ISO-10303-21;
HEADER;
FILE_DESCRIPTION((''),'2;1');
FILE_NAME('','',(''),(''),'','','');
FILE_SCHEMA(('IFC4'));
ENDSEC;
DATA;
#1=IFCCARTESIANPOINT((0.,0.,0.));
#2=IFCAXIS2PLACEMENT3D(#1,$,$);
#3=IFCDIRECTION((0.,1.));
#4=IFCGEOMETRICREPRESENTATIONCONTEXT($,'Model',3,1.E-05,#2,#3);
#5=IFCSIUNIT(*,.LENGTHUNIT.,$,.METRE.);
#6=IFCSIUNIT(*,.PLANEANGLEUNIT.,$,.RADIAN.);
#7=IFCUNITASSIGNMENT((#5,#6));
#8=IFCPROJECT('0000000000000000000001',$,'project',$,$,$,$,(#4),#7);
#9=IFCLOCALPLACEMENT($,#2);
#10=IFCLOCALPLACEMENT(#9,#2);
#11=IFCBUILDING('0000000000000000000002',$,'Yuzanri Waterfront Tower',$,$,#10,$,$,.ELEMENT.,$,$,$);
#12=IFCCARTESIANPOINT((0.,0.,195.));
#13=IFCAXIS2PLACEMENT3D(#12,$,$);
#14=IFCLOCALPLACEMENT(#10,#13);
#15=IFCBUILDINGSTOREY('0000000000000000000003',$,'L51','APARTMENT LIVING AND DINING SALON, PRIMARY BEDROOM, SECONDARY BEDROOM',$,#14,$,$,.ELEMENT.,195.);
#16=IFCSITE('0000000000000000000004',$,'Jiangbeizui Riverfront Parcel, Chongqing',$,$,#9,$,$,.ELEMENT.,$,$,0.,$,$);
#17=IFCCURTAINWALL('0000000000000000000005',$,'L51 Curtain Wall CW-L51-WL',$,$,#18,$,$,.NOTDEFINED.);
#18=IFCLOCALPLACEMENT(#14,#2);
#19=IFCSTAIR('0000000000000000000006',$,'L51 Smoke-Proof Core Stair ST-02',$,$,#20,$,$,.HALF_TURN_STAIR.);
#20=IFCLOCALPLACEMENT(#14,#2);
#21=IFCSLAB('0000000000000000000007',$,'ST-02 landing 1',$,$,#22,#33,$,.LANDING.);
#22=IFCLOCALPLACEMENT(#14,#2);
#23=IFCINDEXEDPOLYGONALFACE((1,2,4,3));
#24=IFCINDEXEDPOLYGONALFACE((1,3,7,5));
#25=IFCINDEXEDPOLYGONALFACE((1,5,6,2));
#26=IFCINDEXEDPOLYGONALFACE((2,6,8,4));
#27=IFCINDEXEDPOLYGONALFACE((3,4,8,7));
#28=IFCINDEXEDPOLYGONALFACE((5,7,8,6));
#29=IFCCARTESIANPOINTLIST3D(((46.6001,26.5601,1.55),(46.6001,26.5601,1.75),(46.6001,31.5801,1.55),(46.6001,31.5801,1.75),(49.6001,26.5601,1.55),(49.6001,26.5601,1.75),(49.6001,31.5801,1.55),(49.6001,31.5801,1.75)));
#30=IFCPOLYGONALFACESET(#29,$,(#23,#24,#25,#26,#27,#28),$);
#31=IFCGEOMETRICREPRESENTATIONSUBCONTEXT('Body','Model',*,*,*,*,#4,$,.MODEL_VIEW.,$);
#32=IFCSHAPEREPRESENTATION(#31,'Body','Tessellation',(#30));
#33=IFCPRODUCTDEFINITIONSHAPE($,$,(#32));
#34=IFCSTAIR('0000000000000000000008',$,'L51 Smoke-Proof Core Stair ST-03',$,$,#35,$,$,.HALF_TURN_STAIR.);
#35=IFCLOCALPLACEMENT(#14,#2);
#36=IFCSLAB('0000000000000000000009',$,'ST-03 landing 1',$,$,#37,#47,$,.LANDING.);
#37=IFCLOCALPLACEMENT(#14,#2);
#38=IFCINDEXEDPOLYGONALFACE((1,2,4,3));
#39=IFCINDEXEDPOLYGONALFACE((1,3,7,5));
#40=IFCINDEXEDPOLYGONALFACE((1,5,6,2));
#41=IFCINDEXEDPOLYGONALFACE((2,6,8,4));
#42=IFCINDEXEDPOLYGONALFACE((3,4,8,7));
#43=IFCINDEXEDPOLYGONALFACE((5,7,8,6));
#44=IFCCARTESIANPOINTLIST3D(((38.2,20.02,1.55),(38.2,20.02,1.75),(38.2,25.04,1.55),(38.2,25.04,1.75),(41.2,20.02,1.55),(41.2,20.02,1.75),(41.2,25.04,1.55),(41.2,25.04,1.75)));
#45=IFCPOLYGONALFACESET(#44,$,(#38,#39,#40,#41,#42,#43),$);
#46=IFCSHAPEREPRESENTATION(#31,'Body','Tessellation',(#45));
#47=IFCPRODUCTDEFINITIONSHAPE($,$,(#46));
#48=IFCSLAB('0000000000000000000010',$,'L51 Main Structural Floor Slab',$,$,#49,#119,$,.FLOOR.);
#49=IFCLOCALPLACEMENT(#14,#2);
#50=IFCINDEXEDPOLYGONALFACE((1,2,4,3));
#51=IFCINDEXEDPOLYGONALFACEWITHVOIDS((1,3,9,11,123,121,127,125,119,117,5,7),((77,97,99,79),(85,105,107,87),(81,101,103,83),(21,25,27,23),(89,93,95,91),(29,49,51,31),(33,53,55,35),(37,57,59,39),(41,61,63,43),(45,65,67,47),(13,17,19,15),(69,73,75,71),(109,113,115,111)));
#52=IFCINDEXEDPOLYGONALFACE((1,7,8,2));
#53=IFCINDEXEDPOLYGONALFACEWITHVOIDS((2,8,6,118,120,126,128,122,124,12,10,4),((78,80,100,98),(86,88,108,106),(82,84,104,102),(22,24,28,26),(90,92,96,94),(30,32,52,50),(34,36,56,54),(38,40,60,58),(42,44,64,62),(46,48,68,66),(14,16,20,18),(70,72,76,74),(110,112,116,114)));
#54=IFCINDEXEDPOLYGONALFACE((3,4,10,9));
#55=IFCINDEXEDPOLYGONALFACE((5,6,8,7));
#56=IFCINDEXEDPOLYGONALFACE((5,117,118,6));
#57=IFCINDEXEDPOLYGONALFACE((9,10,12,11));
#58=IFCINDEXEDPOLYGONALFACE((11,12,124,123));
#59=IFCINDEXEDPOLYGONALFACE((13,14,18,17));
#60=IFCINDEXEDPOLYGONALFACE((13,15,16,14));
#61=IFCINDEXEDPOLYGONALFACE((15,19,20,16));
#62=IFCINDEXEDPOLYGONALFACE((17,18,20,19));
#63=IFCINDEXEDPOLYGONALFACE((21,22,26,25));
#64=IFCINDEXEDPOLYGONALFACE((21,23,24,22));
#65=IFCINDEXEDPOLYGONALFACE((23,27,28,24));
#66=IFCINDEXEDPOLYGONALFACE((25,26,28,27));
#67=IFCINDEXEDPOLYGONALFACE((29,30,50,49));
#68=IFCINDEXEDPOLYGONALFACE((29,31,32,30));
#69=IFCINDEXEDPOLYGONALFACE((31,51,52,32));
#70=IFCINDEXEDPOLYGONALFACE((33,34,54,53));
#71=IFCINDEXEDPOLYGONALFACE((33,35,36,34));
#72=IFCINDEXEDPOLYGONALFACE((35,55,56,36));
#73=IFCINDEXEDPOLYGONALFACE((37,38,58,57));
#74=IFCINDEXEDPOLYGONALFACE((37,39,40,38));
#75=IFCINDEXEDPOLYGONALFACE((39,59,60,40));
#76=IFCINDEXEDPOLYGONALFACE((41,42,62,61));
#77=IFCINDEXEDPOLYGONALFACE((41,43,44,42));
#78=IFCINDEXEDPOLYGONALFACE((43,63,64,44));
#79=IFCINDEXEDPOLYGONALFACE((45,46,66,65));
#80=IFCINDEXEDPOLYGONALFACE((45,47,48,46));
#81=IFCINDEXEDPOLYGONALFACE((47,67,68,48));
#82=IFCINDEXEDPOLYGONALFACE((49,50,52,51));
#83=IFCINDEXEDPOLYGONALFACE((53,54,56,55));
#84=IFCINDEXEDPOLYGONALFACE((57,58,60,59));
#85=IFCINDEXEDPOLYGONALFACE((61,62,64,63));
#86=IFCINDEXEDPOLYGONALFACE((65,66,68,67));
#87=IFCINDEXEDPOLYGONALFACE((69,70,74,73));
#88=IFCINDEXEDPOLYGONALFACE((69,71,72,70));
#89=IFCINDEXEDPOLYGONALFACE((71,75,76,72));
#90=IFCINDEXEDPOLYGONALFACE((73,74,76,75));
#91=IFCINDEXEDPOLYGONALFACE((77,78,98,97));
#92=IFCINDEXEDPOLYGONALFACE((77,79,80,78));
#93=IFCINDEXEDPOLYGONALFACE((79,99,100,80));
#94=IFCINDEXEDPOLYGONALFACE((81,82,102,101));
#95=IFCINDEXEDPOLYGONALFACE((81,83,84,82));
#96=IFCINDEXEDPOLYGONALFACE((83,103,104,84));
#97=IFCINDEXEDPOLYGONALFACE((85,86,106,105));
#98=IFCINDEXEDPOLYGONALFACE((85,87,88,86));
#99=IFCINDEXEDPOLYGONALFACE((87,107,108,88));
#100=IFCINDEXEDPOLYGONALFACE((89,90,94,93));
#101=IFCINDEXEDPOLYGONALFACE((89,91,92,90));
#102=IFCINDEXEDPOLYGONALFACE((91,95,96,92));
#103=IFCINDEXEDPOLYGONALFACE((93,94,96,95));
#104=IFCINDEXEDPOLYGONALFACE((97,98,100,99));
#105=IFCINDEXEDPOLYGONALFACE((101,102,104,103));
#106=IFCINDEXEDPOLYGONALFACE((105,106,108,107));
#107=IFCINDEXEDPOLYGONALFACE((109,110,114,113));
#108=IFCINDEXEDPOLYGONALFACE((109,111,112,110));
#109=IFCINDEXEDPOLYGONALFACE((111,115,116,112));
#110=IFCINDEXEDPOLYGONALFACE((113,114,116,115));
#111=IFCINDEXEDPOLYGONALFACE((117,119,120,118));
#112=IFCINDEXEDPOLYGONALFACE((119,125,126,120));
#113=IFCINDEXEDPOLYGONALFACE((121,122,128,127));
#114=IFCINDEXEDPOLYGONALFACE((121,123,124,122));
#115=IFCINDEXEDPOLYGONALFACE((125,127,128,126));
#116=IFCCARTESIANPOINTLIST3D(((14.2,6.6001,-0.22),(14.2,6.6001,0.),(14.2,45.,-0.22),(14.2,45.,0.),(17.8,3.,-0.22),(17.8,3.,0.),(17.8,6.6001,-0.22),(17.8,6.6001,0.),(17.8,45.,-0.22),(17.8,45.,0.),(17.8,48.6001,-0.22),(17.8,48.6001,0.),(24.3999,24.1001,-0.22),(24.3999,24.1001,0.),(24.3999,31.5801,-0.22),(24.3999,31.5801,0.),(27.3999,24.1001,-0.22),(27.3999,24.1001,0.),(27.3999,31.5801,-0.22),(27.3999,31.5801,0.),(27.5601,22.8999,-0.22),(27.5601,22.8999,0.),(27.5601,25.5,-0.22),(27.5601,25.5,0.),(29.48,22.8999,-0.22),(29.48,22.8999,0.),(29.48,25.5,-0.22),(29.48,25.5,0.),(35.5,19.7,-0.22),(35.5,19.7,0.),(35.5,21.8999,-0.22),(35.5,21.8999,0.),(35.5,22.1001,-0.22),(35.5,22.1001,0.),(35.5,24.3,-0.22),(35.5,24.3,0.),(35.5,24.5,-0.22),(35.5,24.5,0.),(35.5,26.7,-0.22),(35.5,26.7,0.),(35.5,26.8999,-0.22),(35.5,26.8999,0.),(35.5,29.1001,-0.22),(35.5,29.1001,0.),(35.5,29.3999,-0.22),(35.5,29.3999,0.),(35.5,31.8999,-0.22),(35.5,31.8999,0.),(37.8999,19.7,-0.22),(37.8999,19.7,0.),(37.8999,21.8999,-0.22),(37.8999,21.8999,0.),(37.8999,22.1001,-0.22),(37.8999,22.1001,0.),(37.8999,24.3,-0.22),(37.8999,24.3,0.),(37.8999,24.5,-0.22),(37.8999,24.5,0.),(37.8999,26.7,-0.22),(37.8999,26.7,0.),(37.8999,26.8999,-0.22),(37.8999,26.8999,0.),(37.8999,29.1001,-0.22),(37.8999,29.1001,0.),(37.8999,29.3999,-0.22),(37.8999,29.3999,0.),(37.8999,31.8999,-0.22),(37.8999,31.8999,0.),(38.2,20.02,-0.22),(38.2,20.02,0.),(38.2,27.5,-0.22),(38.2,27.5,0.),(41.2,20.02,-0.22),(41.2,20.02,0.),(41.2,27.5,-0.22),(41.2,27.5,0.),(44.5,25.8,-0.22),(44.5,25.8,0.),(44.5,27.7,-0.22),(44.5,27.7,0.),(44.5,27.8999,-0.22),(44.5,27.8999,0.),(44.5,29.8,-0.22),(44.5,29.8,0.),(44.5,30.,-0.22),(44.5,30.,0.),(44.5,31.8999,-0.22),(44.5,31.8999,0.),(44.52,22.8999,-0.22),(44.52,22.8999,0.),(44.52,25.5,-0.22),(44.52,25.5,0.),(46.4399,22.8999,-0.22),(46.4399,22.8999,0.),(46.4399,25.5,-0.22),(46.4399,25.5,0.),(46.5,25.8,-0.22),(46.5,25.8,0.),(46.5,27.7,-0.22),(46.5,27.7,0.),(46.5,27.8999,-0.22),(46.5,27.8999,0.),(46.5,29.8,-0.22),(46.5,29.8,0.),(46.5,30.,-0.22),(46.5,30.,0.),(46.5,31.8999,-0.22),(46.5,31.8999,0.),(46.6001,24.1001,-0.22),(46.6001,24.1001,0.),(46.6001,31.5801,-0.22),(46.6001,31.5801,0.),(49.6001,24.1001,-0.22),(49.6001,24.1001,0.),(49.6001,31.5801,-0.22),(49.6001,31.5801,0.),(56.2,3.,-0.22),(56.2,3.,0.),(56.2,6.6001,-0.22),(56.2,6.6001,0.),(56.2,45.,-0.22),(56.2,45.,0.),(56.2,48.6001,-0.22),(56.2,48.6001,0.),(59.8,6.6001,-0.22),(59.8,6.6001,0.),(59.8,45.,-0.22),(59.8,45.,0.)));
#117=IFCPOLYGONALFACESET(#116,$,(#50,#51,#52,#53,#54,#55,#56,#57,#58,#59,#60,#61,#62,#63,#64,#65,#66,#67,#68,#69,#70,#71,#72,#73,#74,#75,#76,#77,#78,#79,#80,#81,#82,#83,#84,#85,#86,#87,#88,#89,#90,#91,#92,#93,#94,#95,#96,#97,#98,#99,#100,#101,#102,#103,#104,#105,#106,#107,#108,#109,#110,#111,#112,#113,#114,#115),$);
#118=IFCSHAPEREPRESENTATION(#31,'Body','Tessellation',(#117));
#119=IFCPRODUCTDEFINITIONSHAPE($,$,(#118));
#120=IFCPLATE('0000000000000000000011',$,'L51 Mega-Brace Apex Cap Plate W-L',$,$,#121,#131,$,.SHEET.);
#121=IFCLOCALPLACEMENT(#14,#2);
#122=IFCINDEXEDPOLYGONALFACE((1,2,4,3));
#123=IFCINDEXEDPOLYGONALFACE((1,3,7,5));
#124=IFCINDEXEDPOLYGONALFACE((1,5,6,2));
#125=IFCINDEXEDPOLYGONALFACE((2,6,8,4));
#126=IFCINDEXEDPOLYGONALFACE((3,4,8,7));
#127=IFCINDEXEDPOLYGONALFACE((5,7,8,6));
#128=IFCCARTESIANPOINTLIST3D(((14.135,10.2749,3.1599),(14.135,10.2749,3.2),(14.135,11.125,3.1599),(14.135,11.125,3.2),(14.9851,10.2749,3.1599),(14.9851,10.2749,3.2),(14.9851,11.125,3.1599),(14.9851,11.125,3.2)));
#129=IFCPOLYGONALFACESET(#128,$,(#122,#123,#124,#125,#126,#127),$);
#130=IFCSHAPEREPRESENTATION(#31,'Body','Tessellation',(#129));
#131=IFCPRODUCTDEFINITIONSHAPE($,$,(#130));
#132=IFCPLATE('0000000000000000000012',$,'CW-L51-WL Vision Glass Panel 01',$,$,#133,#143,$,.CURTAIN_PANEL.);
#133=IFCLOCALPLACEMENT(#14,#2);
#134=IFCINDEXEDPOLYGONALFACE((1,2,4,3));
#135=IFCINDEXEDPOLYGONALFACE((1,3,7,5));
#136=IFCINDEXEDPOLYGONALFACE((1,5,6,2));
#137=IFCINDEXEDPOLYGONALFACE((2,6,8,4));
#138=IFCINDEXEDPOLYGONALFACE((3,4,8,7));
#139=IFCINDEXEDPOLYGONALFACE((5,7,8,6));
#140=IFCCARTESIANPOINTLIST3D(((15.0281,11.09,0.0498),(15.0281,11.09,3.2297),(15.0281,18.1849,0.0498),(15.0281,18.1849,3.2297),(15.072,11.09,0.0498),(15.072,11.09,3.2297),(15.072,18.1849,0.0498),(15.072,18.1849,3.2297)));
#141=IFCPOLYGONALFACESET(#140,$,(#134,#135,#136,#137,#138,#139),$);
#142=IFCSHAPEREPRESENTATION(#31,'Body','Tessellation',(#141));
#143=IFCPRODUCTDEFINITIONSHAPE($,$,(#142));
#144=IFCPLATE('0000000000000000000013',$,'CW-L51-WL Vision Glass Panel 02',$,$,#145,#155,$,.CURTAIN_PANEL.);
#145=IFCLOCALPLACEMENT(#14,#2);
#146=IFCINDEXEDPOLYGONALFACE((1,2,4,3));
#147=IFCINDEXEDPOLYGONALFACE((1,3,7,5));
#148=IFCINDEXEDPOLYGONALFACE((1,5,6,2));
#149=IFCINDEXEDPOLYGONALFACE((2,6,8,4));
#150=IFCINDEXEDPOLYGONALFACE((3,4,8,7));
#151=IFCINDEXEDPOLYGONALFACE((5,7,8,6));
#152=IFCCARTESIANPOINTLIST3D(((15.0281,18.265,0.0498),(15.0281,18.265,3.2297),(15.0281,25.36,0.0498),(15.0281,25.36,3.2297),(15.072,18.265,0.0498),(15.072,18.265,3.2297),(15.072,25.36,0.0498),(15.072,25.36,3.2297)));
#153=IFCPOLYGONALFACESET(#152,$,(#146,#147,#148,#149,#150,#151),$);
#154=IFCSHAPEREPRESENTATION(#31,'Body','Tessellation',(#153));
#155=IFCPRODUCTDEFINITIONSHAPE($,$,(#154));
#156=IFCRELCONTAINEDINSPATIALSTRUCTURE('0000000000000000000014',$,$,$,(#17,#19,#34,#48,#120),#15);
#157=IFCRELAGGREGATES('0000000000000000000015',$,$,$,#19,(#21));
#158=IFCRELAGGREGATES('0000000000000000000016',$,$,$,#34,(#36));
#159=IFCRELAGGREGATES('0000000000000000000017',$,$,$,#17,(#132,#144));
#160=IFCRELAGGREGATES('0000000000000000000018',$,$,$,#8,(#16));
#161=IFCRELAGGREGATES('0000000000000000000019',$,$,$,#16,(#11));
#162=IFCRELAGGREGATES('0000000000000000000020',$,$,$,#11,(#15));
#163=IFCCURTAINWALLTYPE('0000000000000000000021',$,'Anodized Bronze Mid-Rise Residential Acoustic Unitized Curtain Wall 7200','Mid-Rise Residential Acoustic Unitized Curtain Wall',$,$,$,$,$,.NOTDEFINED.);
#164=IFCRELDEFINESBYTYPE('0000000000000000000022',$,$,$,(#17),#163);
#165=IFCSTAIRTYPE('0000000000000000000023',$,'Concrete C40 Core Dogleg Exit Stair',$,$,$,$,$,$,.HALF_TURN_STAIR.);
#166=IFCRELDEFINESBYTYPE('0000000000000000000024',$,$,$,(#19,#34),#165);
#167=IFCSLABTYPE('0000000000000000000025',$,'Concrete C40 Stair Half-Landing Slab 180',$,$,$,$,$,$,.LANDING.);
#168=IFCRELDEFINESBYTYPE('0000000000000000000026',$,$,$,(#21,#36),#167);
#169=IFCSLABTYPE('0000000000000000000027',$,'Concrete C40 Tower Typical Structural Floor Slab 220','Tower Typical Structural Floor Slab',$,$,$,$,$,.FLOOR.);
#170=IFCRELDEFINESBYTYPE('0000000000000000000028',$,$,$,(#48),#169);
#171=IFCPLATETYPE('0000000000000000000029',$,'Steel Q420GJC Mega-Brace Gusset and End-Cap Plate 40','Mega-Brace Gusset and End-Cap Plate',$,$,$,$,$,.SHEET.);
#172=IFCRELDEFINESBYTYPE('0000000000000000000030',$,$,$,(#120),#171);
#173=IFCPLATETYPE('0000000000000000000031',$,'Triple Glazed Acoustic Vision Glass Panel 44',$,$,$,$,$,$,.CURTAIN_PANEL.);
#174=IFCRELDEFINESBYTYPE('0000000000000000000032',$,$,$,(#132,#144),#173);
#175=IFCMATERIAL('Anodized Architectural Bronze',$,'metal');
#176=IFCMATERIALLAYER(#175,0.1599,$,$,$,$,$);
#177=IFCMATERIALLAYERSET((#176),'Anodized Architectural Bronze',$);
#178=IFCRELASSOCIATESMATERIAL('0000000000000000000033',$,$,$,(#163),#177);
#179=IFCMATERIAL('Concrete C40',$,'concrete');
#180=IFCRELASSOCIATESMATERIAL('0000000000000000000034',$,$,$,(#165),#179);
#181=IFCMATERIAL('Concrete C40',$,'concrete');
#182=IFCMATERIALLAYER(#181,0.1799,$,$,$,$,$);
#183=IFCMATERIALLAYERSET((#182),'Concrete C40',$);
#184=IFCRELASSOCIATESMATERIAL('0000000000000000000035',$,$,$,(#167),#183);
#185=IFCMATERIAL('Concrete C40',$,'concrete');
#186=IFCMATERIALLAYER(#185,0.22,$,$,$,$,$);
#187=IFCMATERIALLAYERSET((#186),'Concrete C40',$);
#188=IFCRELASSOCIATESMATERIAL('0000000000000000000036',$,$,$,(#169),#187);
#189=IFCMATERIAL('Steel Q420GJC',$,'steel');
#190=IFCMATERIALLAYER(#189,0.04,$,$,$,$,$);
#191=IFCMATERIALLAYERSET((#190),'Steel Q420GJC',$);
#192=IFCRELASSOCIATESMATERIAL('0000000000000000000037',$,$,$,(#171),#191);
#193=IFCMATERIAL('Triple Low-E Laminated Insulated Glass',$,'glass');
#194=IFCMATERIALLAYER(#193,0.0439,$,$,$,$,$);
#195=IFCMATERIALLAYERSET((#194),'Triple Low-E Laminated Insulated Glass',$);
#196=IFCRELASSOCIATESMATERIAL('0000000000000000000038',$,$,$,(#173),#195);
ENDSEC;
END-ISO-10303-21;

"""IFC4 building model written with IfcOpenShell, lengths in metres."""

from ifc_helpers import new_model, si_unit, direction, frame, origin, origin_2d, place, context, subcontext, project, spatial, polyline, rectangle, outline, extrude, source, transform, mapped, material, layer, layer_set, type_object, element, aggregate, save


model = new_model("IFC4")

# Units and contexts
model_context = context("Model", 3, precision=1e-05, world=origin(), true_north=direction((0.0, 1.0)))
body_context = subcontext(model_context, "Body", "Model", "MODEL_VIEW")
ifc_project = project(units=[si_unit("LENGTHUNIT", "METRE"), si_unit("PLANEANGLEUNIT", "RADIAN")], contexts=[model_context])

# Site, building, storey
site_placement = place(None, origin())
site = spatial("IfcSite", under=ifc_project, at=site_placement, Name="Jiangbeizui Riverfront Parcel, Chongqing", CompositionType="ELEMENT", RefElevation=0.0)
building_placement = place(site_placement, origin())
building = spatial("IfcBuilding", under=site, at=building_placement, Name="Yuzanri Waterfront Tower", CompositionType="ELEMENT")
storey_placement = place(building_placement, frame((0.0, 0.0, 195.0)))
storey = spatial("IfcBuildingStorey", under=building, at=storey_placement, Name="L51", Description="APARTMENT LIVING AND DINING SALON, PRIMARY BEDROOM, SECONDARY BEDROOM", CompositionType="ELEMENT", Elevation=195.0)

# Curtain wall
ifc_material_1 = material(Name="Anodized Architectural Bronze", Category="metal")
ifc_layer_1 = layer(ifc_material_1, 0.1599)
ifc_layer_set_1 = layer_set([ifc_layer_1], Name="Anodized Architectural Bronze")
curtain_wall_type = type_object("IfcCurtainWallType", Name="Anodized Bronze Mid-Rise Residential Acoustic Unitized Curtain Wall 7200", Description="Mid-Rise Residential Acoustic Unitized Curtain Wall", PredefinedType="NOTDEFINED", material=ifc_layer_set_1)
curtain_wall_placement = place(storey_placement, origin())
curtain_wall = element("IfcCurtainWall", 1, at=curtain_wall_placement, inside=storey, type_object=curtain_wall_type, Name="L51 Curtain Wall CW-L51-WL", PredefinedType="NOTDEFINED")

# Stairs, slabs
ifc_material_2 = material(Name="Concrete C40", Category="concrete")
stair_type = type_object("IfcStairType", Name="Concrete C40 Core Dogleg Exit Stair", PredefinedType="HALF_TURN_STAIR", material=ifc_material_2)
ifc_material_3 = material(Name="Concrete C40", Category="concrete")
ifc_layer_2 = layer(ifc_material_3, 0.1799)
ifc_layer_set_2 = layer_set([ifc_layer_2], Name="Concrete C40")
slab_type_1 = type_object("IfcSlabType", Name="Concrete C40 Stair Half-Landing Slab 180", PredefinedType="LANDING", material=ifc_layer_set_2)
stair_1_placement = place(storey_placement, origin())
stair_1 = element("IfcStair", 2, at=stair_1_placement, inside=storey, type_object=stair_type, Name="L51 Smoke-Proof Core Stair ST-02", PredefinedType="HALF_TURN_STAIR")
slab_1_placement = place(storey_placement, frame((0.0, 0.0, 1.55)))
slab_1 = element("IfcSlab", 3, at=slab_1_placement, type_object=slab_type_1, Name="ST-02 landing 1", PredefinedType="LANDING", context=body_context, shape_type="SweptSolid", body=[
    extrude(outline(polyline([(49.6001, 26.5601), (49.6001, 31.5801), (46.6001, 31.5801), (46.6001, 26.5601), (49.6001, 26.5601)])), origin(), (0.0, 0.0, 1.0), 0.2),
])
aggregate(stair_1, [slab_1])
stair_2_placement = place(storey_placement, origin())
stair_2 = element("IfcStair", 4, at=stair_2_placement, inside=storey, type_object=stair_type, Name="L51 Smoke-Proof Core Stair ST-03", PredefinedType="HALF_TURN_STAIR")
slab_2_placement = place(storey_placement, frame((0.0, 0.0, 1.55)))
slab_2 = element("IfcSlab", 5, at=slab_2_placement, type_object=slab_type_1, Name="ST-03 landing 1", PredefinedType="LANDING", context=body_context, shape_type="SweptSolid", body=[
    extrude(outline(polyline([(38.2, 25.04), (38.2, 20.02), (41.2, 20.02), (41.2, 25.04), (38.2, 25.04)])), origin(), (0.0, 0.0, 1.0), 0.2),
])
aggregate(stair_2, [slab_2])

# Slab
ifc_material_4 = material(Name="Concrete C40", Category="concrete")
ifc_layer_3 = layer(ifc_material_4, 0.22)
ifc_layer_set_3 = layer_set([ifc_layer_3], Name="Concrete C40")
slab_type_2 = type_object("IfcSlabType", Name="Concrete C40 Tower Typical Structural Floor Slab 220", Description="Tower Typical Structural Floor Slab", PredefinedType="FLOOR", material=ifc_layer_set_3)
slab_3_placement = place(storey_placement, frame((0.0, 0.0, -0.22)))
element("IfcSlab", 6, at=slab_3_placement, inside=storey, type_object=slab_type_2, Name="L51 Main Structural Floor Slab", PredefinedType="FLOOR", context=body_context, shape_type="SweptSolid", body=[
    extrude(outline(polyline([(17.8, 3.0), (56.2, 3.0), (56.2, 6.6001), (59.8, 6.6001), (59.8, 45.0), (56.2, 45.0), (56.2, 48.6001), (17.8, 48.6001), (17.8, 45.0), (14.2, 45.0), (14.2, 6.6001), (17.8, 6.6001), (17.8, 3.0)]), holes=[polyline([(27.3999, 24.1001), (27.3999, 31.5801), (24.3999, 31.5801), (24.3999, 24.1001), (27.3999, 24.1001)]), polyline([(49.6001, 24.1001), (49.6001, 31.5801), (46.6001, 31.5801), (46.6001, 24.1001), (49.6001, 24.1001)]), polyline([(38.2, 27.5), (38.2, 20.02), (41.2, 20.02), (41.2, 27.5), (38.2, 27.5)]), polyline([(27.5601, 22.8999), (29.48, 22.8999), (29.48, 25.5), (27.5601, 25.5), (27.5601, 22.8999)]), polyline([(44.52, 22.8999), (46.4399, 22.8999), (46.4399, 25.5), (44.52, 25.5), (44.52, 22.8999)]), polyline([(35.5, 19.7), (37.8999, 19.7), (37.8999, 21.8999), (35.5, 21.8999), (35.5, 19.7)]), polyline([(35.5, 22.1001), (37.8999, 22.1001), (37.8999, 24.3), (35.5, 24.3), (35.5, 22.1001)]), polyline([(35.5, 24.5), (37.8999, 24.5), (37.8999, 26.7), (35.5, 26.7), (35.5, 24.5)]), polyline([(35.5, 26.8999), (37.8999, 26.8999), (37.8999, 29.1001), (35.5, 29.1001), (35.5, 26.8999)]), polyline([(35.5, 29.3999), (37.8999, 29.3999), (37.8999, 31.8999), (35.5, 31.8999), (35.5, 29.3999)]), polyline([(44.5, 25.8), (46.5, 25.8), (46.5, 27.7), (44.5, 27.7), (44.5, 25.8)]), polyline([(44.5, 27.8999), (46.5, 27.8999), (46.5, 29.8), (44.5, 29.8), (44.5, 27.8999)]), polyline([(44.5, 30.0), (46.5, 30.0), (46.5, 31.8999), (44.5, 31.8999), (44.5, 30.0)])]), origin(), (0.0, 0.0, 1.0), 0.22),
])

# Plates
ifc_material_5 = material(Name="Steel Q420GJC", Category="steel")
ifc_layer_4 = layer(ifc_material_5, 0.04)
ifc_layer_set_4 = layer_set([ifc_layer_4], Name="Steel Q420GJC")
plate_type_1 = type_object("IfcPlateType", Name="Steel Q420GJC Mega-Brace Gusset and End-Cap Plate 40", Description="Mega-Brace Gusset and End-Cap Plate", PredefinedType="SHEET", material=ifc_layer_set_4)
shared_shape_1 = source(origin(), body_context, "Body", "SweptSolid", [
    extrude(rectangle(XDim=0.8501, YDim=0.8501, at=origin_2d()), origin(), (0.0, 0.0, 1.0), 0.04),
])
plate_1_placement = place(storey_placement, frame((14.5601, 10.7, 3.1599), z_axis=(0.0, 0.0, 1.0), x_axis=(1.0, 0.0, 0.0)))
element("IfcPlate", 7, at=plate_1_placement, inside=storey, type_object=plate_type_1, Name="L51 Mega-Brace Apex Cap Plate W-L", PredefinedType="SHEET", context=body_context, shape_type="MappedRepresentation", body=[
    mapped(shared_shape_1, transform((0.0, 0.0, 0.0), scale=1.0)),
])
ifc_material_6 = material(Name="Triple Low-E Laminated Insulated Glass", Category="glass")
ifc_layer_5 = layer(ifc_material_6, 0.0439)
ifc_layer_set_5 = layer_set([ifc_layer_5], Name="Triple Low-E Laminated Insulated Glass")
plate_type_2 = type_object("IfcPlateType", Name="Triple Glazed Acoustic Vision Glass Panel 44", PredefinedType="CURTAIN_PANEL", material=ifc_layer_set_5)
shared_shape_2 = source(origin(), body_context, "Body", "SweptSolid", [
    extrude(rectangle(XDim=7.095, YDim=0.0439, at=origin_2d()), origin(), (0.0, 0.0, 1.0), 3.1799),
])
plate_2_placement = place(storey_placement, frame((15.05, 14.6375, 0.0498), z_axis=(0.0, 0.0, 1.0), x_axis=(0.0, 1.0, 0.0)))
plate_2 = element("IfcPlate", 8, at=plate_2_placement, type_object=plate_type_2, Name="CW-L51-WL Vision Glass Panel 01", PredefinedType="CURTAIN_PANEL", context=body_context, shape_type="MappedRepresentation", body=[
    mapped(shared_shape_2, transform((0.0, 0.0, 0.0), scale=1.0)),
])
plate_3_placement = place(storey_placement, frame((15.05, 21.8125, 0.0498), z_axis=(0.0, 0.0, 1.0), x_axis=(0.0, 1.0, 0.0)))
plate_3 = element("IfcPlate", 9, at=plate_3_placement, type_object=plate_type_2, Name="CW-L51-WL Vision Glass Panel 02", PredefinedType="CURTAIN_PANEL", context=body_context, shape_type="MappedRepresentation", body=[
    mapped(shared_shape_2, transform((0.0, 0.0, 0.0), scale=1.0)),
])
aggregate(curtain_wall, [plate_2, plate_3])

save(model, "model.ifc")
